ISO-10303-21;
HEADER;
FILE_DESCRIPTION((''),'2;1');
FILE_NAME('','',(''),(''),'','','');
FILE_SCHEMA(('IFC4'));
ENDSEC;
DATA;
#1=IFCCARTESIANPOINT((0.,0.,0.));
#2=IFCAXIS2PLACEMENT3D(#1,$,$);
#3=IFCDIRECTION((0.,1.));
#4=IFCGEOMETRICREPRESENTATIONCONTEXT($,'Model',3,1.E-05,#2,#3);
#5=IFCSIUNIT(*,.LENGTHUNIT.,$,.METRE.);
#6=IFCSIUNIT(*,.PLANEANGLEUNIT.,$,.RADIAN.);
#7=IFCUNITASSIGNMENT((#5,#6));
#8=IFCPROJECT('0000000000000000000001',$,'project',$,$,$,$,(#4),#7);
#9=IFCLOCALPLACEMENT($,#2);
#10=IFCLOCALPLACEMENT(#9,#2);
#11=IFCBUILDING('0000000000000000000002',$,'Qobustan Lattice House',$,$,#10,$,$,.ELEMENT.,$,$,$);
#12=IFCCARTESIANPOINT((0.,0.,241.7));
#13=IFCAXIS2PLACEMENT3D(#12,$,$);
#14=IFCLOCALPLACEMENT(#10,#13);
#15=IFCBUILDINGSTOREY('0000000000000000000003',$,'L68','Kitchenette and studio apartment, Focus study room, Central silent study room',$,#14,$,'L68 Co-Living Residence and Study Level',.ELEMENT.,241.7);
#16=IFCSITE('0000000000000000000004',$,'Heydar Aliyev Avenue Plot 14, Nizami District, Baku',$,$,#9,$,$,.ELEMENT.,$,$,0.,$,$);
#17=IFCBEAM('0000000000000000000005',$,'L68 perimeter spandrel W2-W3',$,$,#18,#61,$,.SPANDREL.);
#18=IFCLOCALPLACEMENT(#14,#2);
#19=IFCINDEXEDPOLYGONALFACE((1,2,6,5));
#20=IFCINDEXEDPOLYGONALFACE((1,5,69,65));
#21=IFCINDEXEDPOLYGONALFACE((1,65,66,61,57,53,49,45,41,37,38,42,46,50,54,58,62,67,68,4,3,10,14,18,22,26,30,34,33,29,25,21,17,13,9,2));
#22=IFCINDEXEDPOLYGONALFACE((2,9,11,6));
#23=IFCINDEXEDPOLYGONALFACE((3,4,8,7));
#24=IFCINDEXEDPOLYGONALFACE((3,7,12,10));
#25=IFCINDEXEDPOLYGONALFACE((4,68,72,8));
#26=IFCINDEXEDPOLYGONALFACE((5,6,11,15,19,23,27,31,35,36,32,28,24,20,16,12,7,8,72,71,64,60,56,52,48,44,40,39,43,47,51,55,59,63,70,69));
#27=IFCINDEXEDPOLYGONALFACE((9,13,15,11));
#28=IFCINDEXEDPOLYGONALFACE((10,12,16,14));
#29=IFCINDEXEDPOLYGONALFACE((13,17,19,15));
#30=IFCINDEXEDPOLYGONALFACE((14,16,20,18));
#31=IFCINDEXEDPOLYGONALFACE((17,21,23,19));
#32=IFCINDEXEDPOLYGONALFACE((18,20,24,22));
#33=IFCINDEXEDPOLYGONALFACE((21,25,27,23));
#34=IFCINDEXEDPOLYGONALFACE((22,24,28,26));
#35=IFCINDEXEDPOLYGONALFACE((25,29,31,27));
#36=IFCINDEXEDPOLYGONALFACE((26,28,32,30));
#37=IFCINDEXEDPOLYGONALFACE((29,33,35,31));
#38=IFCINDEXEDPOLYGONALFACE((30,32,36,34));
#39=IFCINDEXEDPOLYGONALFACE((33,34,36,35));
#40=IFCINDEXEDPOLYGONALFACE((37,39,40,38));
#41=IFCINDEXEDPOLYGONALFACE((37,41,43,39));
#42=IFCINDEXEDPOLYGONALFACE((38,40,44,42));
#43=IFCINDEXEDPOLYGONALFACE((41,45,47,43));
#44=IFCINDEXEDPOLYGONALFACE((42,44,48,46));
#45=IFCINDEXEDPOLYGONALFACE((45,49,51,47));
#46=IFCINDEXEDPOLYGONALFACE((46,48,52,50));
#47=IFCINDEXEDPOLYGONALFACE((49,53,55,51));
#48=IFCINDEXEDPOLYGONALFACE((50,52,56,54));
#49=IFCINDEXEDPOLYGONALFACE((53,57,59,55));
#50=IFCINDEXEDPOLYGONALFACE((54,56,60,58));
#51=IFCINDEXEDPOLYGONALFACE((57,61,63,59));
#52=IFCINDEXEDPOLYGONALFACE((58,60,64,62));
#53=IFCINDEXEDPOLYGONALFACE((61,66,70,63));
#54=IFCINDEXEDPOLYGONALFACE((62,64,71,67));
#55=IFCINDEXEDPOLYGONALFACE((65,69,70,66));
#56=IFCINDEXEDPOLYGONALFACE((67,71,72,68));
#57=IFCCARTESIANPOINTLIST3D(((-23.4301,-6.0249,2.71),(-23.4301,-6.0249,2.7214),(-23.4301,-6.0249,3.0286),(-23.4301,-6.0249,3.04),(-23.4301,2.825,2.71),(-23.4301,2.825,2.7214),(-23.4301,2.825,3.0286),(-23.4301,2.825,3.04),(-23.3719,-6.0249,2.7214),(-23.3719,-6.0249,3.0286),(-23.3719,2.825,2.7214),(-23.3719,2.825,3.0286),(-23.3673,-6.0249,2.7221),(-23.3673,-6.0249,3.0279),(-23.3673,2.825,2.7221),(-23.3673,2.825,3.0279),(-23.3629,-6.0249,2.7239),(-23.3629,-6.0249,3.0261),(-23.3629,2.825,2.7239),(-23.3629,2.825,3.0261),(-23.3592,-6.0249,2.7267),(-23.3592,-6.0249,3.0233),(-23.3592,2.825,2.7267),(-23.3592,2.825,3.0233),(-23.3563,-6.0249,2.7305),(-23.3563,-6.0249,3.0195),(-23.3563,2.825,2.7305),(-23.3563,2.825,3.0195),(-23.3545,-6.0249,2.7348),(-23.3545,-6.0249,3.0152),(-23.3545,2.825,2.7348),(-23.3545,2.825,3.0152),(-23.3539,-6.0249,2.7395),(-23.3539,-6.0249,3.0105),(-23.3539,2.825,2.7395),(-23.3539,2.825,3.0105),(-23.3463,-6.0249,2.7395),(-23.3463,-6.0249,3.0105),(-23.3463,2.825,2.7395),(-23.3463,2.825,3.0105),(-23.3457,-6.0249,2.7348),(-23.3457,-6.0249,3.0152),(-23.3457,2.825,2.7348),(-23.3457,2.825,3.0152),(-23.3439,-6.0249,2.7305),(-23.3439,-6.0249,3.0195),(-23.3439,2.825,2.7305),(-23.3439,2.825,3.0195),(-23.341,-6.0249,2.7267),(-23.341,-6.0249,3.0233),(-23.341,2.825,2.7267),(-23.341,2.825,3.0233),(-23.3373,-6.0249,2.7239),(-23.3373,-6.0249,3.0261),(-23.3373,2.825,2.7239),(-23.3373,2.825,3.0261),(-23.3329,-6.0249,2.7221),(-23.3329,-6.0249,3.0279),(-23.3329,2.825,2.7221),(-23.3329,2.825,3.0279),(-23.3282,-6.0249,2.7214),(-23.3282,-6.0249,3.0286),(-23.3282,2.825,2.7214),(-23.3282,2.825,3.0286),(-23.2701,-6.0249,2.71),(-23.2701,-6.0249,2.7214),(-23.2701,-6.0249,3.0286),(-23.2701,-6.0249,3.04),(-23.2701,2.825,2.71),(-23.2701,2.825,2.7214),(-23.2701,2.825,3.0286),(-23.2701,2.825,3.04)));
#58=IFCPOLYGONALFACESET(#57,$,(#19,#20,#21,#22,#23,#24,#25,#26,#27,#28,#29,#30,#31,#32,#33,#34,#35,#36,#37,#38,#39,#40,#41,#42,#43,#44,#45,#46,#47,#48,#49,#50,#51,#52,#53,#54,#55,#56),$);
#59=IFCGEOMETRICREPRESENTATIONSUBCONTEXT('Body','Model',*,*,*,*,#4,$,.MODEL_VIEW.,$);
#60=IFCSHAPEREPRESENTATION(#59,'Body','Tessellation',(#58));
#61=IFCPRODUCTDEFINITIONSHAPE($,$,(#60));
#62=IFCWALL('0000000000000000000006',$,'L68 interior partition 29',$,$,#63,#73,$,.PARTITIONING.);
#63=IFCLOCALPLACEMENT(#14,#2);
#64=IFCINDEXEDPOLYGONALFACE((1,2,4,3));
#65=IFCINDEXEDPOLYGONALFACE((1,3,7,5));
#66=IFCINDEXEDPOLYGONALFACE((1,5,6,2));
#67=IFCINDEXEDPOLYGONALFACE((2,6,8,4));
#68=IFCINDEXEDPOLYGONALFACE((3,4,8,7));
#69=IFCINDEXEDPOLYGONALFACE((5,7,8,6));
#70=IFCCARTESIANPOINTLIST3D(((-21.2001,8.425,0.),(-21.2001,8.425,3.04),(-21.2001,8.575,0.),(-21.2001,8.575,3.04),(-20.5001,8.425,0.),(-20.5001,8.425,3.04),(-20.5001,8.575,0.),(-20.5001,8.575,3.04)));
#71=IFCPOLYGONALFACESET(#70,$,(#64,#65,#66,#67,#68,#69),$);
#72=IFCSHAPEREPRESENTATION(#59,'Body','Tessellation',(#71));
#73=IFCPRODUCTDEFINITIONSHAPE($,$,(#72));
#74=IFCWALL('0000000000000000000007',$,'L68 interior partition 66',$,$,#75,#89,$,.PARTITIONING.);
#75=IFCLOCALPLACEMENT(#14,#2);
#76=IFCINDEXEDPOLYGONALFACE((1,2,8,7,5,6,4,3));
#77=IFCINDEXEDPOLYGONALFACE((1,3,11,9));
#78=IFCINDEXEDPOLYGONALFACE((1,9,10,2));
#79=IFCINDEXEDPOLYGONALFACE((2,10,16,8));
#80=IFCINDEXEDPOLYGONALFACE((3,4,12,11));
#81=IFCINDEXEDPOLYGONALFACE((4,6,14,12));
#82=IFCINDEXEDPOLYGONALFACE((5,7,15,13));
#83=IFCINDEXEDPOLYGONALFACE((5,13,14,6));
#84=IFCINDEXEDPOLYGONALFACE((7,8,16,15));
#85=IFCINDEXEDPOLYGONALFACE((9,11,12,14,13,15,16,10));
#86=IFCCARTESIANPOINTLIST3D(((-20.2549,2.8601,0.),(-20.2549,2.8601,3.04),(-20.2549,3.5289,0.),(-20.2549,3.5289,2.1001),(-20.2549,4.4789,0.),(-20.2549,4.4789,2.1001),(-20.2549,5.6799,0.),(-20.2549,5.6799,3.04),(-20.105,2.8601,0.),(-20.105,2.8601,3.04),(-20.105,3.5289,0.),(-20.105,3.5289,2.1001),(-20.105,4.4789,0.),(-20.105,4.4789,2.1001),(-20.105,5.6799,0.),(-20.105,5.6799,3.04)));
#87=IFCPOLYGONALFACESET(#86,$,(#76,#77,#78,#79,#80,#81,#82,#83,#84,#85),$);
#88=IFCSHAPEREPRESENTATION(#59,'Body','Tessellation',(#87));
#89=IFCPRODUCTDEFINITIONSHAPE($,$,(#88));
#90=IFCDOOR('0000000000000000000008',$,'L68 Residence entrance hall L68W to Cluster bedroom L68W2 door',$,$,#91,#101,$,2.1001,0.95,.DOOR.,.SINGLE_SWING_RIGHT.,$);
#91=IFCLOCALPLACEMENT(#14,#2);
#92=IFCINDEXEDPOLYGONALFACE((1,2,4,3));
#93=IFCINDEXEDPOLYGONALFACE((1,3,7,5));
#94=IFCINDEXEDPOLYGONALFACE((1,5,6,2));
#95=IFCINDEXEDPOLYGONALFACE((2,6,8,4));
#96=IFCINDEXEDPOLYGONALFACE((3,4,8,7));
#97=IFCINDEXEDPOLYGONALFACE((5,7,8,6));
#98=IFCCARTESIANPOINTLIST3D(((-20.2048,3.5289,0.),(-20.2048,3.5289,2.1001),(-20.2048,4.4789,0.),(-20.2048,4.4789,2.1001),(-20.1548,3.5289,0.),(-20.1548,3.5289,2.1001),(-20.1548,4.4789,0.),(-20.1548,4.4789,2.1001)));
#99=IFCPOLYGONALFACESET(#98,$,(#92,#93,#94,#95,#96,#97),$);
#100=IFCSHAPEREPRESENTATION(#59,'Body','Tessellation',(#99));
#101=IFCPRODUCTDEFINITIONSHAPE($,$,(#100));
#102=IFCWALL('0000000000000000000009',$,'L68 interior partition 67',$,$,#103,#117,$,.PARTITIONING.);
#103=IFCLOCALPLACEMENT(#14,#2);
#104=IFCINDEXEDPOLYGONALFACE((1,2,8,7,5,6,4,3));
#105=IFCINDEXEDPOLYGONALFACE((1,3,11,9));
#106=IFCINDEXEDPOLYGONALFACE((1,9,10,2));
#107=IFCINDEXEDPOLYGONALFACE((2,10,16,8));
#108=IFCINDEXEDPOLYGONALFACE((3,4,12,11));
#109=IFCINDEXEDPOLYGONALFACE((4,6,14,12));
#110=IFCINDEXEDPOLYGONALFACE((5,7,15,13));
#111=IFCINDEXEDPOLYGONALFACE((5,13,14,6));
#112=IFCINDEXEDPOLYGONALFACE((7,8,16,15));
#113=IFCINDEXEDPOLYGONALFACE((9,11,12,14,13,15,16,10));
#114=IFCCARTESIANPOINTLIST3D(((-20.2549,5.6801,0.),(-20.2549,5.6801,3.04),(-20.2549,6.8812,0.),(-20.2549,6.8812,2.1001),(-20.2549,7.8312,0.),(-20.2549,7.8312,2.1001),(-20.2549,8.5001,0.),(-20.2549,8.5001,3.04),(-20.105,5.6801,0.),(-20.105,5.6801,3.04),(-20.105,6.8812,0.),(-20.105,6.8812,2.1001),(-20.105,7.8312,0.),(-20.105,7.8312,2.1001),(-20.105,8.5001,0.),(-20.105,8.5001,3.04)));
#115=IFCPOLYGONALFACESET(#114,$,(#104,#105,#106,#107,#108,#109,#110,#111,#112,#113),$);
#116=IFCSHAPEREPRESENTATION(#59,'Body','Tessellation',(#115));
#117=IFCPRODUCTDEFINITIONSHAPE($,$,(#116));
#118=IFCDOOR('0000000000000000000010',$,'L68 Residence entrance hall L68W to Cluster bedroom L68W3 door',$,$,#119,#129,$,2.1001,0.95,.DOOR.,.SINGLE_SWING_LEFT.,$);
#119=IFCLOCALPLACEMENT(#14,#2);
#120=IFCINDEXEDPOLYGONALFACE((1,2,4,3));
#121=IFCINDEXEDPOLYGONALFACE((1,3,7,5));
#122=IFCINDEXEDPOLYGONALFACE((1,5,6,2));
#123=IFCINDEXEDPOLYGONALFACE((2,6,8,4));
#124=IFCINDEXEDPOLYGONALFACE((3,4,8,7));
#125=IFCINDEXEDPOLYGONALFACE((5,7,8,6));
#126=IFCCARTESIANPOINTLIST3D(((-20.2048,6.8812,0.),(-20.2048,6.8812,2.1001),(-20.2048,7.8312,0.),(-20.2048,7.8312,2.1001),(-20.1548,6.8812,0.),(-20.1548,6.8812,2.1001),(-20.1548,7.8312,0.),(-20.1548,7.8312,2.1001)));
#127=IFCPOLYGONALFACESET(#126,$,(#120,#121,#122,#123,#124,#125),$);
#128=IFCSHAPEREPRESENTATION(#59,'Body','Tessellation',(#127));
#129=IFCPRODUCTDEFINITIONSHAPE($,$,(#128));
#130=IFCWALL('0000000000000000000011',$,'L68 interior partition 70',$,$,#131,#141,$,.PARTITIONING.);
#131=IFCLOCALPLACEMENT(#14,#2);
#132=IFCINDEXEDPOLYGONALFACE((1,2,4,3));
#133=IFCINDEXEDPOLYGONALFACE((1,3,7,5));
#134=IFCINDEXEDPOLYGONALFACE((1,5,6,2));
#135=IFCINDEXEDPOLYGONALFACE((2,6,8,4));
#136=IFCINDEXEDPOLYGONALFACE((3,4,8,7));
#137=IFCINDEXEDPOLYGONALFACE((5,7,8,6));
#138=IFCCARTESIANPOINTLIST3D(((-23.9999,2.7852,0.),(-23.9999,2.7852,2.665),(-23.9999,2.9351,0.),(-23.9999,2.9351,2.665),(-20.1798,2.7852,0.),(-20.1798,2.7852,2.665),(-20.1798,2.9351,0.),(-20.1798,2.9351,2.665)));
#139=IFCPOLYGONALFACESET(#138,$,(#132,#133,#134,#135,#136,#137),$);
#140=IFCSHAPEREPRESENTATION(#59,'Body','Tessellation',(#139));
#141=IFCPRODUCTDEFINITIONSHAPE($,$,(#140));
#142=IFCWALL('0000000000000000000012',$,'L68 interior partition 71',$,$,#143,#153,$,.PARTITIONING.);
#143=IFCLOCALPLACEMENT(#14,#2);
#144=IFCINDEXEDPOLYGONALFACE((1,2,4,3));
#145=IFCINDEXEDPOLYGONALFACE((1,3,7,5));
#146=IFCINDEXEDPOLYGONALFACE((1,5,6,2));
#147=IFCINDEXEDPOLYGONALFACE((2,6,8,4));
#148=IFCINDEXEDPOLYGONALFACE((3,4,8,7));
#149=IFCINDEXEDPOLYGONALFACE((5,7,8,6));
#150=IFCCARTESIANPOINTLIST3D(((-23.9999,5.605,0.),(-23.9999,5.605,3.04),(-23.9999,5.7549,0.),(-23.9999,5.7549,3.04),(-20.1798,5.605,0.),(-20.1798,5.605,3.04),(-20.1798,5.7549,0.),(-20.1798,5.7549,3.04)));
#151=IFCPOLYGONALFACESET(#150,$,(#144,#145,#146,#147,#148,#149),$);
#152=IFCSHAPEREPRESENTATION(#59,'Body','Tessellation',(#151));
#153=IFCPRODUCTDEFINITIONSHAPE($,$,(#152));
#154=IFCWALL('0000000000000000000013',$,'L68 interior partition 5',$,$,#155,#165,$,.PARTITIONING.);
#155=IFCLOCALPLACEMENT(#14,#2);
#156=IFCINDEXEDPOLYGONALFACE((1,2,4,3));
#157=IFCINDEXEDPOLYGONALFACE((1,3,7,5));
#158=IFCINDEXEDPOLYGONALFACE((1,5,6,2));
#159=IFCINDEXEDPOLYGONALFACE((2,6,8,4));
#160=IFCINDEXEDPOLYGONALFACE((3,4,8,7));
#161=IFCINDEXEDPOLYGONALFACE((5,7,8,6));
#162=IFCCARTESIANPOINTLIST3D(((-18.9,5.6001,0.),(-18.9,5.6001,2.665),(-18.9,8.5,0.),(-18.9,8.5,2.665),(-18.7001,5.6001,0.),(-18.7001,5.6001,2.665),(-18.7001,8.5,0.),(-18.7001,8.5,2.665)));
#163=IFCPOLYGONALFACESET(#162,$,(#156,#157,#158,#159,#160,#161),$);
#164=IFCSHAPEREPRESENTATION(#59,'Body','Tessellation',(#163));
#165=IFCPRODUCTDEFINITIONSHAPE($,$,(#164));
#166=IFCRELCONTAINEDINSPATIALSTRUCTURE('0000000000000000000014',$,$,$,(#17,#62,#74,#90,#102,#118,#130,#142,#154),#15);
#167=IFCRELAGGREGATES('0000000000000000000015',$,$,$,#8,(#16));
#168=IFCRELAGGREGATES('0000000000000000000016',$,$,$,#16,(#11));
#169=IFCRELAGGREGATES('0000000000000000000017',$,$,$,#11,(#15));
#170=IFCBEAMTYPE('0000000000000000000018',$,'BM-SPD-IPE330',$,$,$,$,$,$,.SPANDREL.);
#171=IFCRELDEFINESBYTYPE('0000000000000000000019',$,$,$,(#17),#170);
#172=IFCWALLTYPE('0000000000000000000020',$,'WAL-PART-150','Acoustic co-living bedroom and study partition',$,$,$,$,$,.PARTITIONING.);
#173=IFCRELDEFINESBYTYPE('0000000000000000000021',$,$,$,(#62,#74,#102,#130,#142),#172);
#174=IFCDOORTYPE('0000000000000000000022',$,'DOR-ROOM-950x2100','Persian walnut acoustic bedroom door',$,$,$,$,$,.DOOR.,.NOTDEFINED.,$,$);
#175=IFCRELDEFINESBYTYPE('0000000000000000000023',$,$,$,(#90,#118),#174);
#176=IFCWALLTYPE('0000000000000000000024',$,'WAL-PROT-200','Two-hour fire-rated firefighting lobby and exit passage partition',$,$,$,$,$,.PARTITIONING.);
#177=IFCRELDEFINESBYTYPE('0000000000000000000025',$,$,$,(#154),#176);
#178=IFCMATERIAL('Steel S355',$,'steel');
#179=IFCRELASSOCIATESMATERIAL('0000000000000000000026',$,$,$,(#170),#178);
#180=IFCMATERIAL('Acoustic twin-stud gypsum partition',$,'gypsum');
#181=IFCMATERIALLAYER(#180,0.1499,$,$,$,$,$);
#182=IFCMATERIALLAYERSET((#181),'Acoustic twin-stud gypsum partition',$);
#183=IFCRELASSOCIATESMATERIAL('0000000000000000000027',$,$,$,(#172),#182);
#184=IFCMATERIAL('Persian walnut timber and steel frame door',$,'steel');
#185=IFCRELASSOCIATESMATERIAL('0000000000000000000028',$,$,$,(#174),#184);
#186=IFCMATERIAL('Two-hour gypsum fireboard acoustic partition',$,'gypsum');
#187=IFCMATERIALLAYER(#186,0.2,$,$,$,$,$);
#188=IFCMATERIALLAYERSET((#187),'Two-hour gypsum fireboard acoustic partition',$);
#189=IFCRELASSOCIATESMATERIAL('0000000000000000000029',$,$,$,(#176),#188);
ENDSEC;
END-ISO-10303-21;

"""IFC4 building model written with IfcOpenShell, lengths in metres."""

from ifc_helpers import new_model, si_unit, direction, frame, frame_2d, origin, origin_2d, place, context, subcontext, project, spatial, rectangle, i_section, extrude, material, layer, layer_set, material_profile, profile_set, type_object, element, fill, save


model = new_model("IFC4")

# Units and contexts
model_context = context("Model", 3, precision=1e-05, world=origin(), true_north=direction((0.0, 1.0)))
body_context = subcontext(model_context, "Body", "Model", "MODEL_VIEW")
ifc_project = project(units=[si_unit("LENGTHUNIT", "METRE"), si_unit("PLANEANGLEUNIT", "RADIAN")], contexts=[model_context])

# Site, building, storey
site_placement = place(None, origin())
site = spatial("IfcSite", under=ifc_project, at=site_placement, Name="Heydar Aliyev Avenue Plot 14, Nizami District, Baku", CompositionType="ELEMENT", RefElevation=0.0)
building_placement = place(site_placement, origin())
building = spatial("IfcBuilding", under=site, at=building_placement, Name="Qobustan Lattice House", CompositionType="ELEMENT")
storey_placement = place(building_placement, frame((0.0, 0.0, 241.7)))
storey = spatial("IfcBuildingStorey", under=building, at=storey_placement, Name="L68", Description="Kitchenette and studio apartment, Focus study room, Central silent study room", LongName="L68 Co-Living Residence and Study Level", CompositionType="ELEMENT", Elevation=241.7)

# Beam
ifc_material_1 = material(Name="Steel S355", Category="steel")
ifc_material_profile_1 = material_profile(ifc_material_1, i_section(OverallWidth=0.1599, OverallDepth=0.3301, WebThickness=0.0076, FlangeThickness=0.0115, FilletRadius=0.0181, at=origin_2d()), Name="IPE330")
ifc_profile_set_1 = profile_set([ifc_material_profile_1], Name="Steel S355")
beam_type_1 = type_object("IfcBeamType", Name="BM-SPD-IPE330", PredefinedType="SPANDREL", material=ifc_profile_set_1)
beam_1_placement = place(storey_placement, frame((-23.3501, 2.825, 2.875), z_axis=(0.0, -1.0, 0.0), x_axis=(1.0, 0.0, 0.0)))
element("IfcBeam", 1, at=beam_1_placement, inside=storey, type_object=beam_type_1, Name="L68 perimeter spandrel W2-W3", PredefinedType="SPANDREL", context=body_context, shape_type="SweptSolid", body=[
    extrude(i_section(OverallWidth=0.1599, OverallDepth=0.3301, WebThickness=0.0076, FlangeThickness=0.0115, FilletRadius=0.0181, at=origin_2d()), origin(), (0.0, 0.0, 1.0), 8.8499),
])

# Wall
ifc_material_2 = material(Name="Acoustic twin-stud gypsum partition", Category="gypsum")
ifc_layer_1 = layer(ifc_material_2, 0.1499)
ifc_layer_set_1 = layer_set([ifc_layer_1], Name="Acoustic twin-stud gypsum partition")
wall_type_1 = type_object("IfcWallType", Name="WAL-PART-150", Description="Acoustic co-living bedroom and study partition", PredefinedType="PARTITIONING", material=ifc_layer_set_1)
wall_1_placement = place(storey_placement, frame((-20.5, 8.5, 0.0), z_axis=(0.0, 0.0, 1.0), x_axis=(-1.0, 0.0, 0.0)))
element("IfcWall", 2, at=wall_1_placement, inside=storey, type_object=wall_type_1, Name="L68 interior partition 29", PredefinedType="PARTITIONING", context=body_context, shape_type="SweptSolid", body=[
    extrude(rectangle(XDim=0.7, YDim=0.1499, at=frame_2d((0.3501, 0.0))), origin(), (0.0, 0.0, 1.0), 3.04),
])

# Walls, openings, doors
wall_2_placement = place(storey_placement, frame((-20.1799, 2.8601, 0.0), z_axis=(0.0, 0.0, 1.0), x_axis=(0.0, 1.0, 0.0)))
wall_2 = element("IfcWall", 3, at=wall_2_placement, inside=storey, type_object=wall_type_1, Name="L68 interior partition 66", PredefinedType="PARTITIONING", context=body_context, shape_type="SweptSolid", body=[
    extrude(rectangle(XDim=2.8198, YDim=0.1499, at=frame_2d((1.4099, 0.0))), origin(), (0.0, 0.0, 1.0), 3.04),
])
opening_1_placement = place(wall_2_placement, frame((0.6687, 0.0, 0.0)))
opening_1 = element("IfcOpeningElement", 4, at=opening_1_placement, cuts=wall_2, PredefinedType="OPENING", context=body_context, shape_type="SweptSolid", body=[
    extrude(rectangle(XDim=0.95, YDim=2.1001, at=frame_2d((0.4751, 1.05))), frame((0.0, 0.085, 0.0), z_axis=(0.0, -1.0, 0.0), x_axis=(1.0, 0.0, 0.0)), (0.0, 0.0, 1.0), 0.1699),
])
ifc_material_3 = material(Name="Persian walnut timber and steel frame door", Category="steel")
door_type_1 = type_object("IfcDoorType", Name="DOR-ROOM-950x2100", Description="Persian walnut acoustic bedroom door", OperationType="NOTDEFINED", PredefinedType="DOOR", material=ifc_material_3)
door_1_placement = place(opening_1_placement, origin())
door_1 = element("IfcDoor", 5, at=door_1_placement, inside=storey, type_object=door_type_1, Name="L68 Residence entrance hall L68W to Cluster bedroom L68W2 door", OperationType="SINGLE_SWING_RIGHT", OverallHeight=2.1001, OverallWidth=0.95, PredefinedType="DOOR", context=body_context, shape_type="SweptSolid", body=[
    extrude(rectangle(XDim=0.95, YDim=2.1001, at=frame_2d((0.4751, 1.05))), frame((0.0, 0.0249, 0.0), z_axis=(0.0, -1.0, 0.0), x_axis=(1.0, 0.0, 0.0)), (0.0, 0.0, 1.0), 0.05),
])
fill(opening_1, door_1)
wall_3_placement = place(storey_placement, frame((-20.1799, 5.6799, 0.0), z_axis=(0.0, 0.0, 1.0), x_axis=(0.0, 1.0, 0.0)))
wall_3 = element("IfcWall", 6, at=wall_3_placement, inside=storey, type_object=wall_type_1, Name="L68 interior partition 67", PredefinedType="PARTITIONING", context=body_context, shape_type="SweptSolid", body=[
    extrude(rectangle(XDim=2.8201, YDim=0.1499, at=frame_2d((1.4102, 0.0))), origin(), (0.0, 0.0, 1.0), 3.04),
])
opening_2_placement = place(wall_3_placement, frame((1.2012, 0.0, 0.0)))
opening_2 = element("IfcOpeningElement", 7, at=opening_2_placement, cuts=wall_3, PredefinedType="OPENING", context=body_context, shape_type="SweptSolid", body=[
    extrude(rectangle(XDim=0.95, YDim=2.1001, at=frame_2d((0.4751, 1.05))), frame((0.0, 0.085, 0.0), z_axis=(0.0, -1.0, 0.0), x_axis=(1.0, 0.0, 0.0)), (0.0, 0.0, 1.0), 0.1699),
])
door_2_placement = place(opening_2_placement, origin())
door_2 = element("IfcDoor", 8, at=door_2_placement, inside=storey, type_object=door_type_1, Name="L68 Residence entrance hall L68W to Cluster bedroom L68W3 door", OperationType="SINGLE_SWING_LEFT", OverallHeight=2.1001, OverallWidth=0.95, PredefinedType="DOOR", context=body_context, shape_type="SweptSolid", body=[
    extrude(rectangle(XDim=0.95, YDim=2.1001, at=frame_2d((0.4751, 1.05))), frame((0.0, 0.0249, 0.0), z_axis=(0.0, -1.0, 0.0), x_axis=(1.0, 0.0, 0.0)), (0.0, 0.0, 1.0), 0.05),
])
fill(opening_2, door_2)

# Walls
wall_4_placement = place(storey_placement, frame((-24.0, 2.8601, 0.0), z_axis=(0.0, 0.0, 1.0), x_axis=(1.0, 0.0, 0.0)))
element("IfcWall", 9, at=wall_4_placement, inside=storey, type_object=wall_type_1, Name="L68 interior partition 70", PredefinedType="PARTITIONING", context=body_context, shape_type="SweptSolid", body=[
    extrude(rectangle(XDim=3.8201, YDim=0.1499, at=frame_2d((1.9102, 0.0))), origin(), (0.0, 0.0, 1.0), 2.665),
])
wall_5_placement = place(storey_placement, frame((-24.0, 5.6799, 0.0), z_axis=(0.0, 0.0, 1.0), x_axis=(1.0, 0.0, 0.0)))
element("IfcWall", 10, at=wall_5_placement, inside=storey, type_object=wall_type_1, Name="L68 interior partition 71", PredefinedType="PARTITIONING", context=body_context, shape_type="SweptSolid", body=[
    extrude(rectangle(XDim=3.8201, YDim=0.1499, at=frame_2d((1.9102, 0.0))), origin(), (0.0, 0.0, 1.0), 3.04),
])
ifc_material_4 = material(Name="Two-hour gypsum fireboard acoustic partition", Category="gypsum")
ifc_layer_2 = layer(ifc_material_4, 0.2)
ifc_layer_set_2 = layer_set([ifc_layer_2], Name="Two-hour gypsum fireboard acoustic partition")
wall_type_2 = type_object("IfcWallType", Name="WAL-PROT-200", Description="Two-hour fire-rated firefighting lobby and exit passage partition", PredefinedType="PARTITIONING", material=ifc_layer_set_2)
wall_6_placement = place(storey_placement, frame((-18.8, 8.5, 0.0), z_axis=(0.0, 0.0, 1.0), x_axis=(0.0, -1.0, 0.0)))
element("IfcWall", 11, at=wall_6_placement, inside=storey, type_object=wall_type_2, Name="L68 interior partition 5", PredefinedType="PARTITIONING", context=body_context, shape_type="SweptSolid", body=[
    extrude(rectangle(XDim=2.8999, YDim=0.2, at=frame_2d((1.45, 0.0))), origin(), (0.0, 0.0, 1.0), 2.665),
])

save(model, "model.ifc")
